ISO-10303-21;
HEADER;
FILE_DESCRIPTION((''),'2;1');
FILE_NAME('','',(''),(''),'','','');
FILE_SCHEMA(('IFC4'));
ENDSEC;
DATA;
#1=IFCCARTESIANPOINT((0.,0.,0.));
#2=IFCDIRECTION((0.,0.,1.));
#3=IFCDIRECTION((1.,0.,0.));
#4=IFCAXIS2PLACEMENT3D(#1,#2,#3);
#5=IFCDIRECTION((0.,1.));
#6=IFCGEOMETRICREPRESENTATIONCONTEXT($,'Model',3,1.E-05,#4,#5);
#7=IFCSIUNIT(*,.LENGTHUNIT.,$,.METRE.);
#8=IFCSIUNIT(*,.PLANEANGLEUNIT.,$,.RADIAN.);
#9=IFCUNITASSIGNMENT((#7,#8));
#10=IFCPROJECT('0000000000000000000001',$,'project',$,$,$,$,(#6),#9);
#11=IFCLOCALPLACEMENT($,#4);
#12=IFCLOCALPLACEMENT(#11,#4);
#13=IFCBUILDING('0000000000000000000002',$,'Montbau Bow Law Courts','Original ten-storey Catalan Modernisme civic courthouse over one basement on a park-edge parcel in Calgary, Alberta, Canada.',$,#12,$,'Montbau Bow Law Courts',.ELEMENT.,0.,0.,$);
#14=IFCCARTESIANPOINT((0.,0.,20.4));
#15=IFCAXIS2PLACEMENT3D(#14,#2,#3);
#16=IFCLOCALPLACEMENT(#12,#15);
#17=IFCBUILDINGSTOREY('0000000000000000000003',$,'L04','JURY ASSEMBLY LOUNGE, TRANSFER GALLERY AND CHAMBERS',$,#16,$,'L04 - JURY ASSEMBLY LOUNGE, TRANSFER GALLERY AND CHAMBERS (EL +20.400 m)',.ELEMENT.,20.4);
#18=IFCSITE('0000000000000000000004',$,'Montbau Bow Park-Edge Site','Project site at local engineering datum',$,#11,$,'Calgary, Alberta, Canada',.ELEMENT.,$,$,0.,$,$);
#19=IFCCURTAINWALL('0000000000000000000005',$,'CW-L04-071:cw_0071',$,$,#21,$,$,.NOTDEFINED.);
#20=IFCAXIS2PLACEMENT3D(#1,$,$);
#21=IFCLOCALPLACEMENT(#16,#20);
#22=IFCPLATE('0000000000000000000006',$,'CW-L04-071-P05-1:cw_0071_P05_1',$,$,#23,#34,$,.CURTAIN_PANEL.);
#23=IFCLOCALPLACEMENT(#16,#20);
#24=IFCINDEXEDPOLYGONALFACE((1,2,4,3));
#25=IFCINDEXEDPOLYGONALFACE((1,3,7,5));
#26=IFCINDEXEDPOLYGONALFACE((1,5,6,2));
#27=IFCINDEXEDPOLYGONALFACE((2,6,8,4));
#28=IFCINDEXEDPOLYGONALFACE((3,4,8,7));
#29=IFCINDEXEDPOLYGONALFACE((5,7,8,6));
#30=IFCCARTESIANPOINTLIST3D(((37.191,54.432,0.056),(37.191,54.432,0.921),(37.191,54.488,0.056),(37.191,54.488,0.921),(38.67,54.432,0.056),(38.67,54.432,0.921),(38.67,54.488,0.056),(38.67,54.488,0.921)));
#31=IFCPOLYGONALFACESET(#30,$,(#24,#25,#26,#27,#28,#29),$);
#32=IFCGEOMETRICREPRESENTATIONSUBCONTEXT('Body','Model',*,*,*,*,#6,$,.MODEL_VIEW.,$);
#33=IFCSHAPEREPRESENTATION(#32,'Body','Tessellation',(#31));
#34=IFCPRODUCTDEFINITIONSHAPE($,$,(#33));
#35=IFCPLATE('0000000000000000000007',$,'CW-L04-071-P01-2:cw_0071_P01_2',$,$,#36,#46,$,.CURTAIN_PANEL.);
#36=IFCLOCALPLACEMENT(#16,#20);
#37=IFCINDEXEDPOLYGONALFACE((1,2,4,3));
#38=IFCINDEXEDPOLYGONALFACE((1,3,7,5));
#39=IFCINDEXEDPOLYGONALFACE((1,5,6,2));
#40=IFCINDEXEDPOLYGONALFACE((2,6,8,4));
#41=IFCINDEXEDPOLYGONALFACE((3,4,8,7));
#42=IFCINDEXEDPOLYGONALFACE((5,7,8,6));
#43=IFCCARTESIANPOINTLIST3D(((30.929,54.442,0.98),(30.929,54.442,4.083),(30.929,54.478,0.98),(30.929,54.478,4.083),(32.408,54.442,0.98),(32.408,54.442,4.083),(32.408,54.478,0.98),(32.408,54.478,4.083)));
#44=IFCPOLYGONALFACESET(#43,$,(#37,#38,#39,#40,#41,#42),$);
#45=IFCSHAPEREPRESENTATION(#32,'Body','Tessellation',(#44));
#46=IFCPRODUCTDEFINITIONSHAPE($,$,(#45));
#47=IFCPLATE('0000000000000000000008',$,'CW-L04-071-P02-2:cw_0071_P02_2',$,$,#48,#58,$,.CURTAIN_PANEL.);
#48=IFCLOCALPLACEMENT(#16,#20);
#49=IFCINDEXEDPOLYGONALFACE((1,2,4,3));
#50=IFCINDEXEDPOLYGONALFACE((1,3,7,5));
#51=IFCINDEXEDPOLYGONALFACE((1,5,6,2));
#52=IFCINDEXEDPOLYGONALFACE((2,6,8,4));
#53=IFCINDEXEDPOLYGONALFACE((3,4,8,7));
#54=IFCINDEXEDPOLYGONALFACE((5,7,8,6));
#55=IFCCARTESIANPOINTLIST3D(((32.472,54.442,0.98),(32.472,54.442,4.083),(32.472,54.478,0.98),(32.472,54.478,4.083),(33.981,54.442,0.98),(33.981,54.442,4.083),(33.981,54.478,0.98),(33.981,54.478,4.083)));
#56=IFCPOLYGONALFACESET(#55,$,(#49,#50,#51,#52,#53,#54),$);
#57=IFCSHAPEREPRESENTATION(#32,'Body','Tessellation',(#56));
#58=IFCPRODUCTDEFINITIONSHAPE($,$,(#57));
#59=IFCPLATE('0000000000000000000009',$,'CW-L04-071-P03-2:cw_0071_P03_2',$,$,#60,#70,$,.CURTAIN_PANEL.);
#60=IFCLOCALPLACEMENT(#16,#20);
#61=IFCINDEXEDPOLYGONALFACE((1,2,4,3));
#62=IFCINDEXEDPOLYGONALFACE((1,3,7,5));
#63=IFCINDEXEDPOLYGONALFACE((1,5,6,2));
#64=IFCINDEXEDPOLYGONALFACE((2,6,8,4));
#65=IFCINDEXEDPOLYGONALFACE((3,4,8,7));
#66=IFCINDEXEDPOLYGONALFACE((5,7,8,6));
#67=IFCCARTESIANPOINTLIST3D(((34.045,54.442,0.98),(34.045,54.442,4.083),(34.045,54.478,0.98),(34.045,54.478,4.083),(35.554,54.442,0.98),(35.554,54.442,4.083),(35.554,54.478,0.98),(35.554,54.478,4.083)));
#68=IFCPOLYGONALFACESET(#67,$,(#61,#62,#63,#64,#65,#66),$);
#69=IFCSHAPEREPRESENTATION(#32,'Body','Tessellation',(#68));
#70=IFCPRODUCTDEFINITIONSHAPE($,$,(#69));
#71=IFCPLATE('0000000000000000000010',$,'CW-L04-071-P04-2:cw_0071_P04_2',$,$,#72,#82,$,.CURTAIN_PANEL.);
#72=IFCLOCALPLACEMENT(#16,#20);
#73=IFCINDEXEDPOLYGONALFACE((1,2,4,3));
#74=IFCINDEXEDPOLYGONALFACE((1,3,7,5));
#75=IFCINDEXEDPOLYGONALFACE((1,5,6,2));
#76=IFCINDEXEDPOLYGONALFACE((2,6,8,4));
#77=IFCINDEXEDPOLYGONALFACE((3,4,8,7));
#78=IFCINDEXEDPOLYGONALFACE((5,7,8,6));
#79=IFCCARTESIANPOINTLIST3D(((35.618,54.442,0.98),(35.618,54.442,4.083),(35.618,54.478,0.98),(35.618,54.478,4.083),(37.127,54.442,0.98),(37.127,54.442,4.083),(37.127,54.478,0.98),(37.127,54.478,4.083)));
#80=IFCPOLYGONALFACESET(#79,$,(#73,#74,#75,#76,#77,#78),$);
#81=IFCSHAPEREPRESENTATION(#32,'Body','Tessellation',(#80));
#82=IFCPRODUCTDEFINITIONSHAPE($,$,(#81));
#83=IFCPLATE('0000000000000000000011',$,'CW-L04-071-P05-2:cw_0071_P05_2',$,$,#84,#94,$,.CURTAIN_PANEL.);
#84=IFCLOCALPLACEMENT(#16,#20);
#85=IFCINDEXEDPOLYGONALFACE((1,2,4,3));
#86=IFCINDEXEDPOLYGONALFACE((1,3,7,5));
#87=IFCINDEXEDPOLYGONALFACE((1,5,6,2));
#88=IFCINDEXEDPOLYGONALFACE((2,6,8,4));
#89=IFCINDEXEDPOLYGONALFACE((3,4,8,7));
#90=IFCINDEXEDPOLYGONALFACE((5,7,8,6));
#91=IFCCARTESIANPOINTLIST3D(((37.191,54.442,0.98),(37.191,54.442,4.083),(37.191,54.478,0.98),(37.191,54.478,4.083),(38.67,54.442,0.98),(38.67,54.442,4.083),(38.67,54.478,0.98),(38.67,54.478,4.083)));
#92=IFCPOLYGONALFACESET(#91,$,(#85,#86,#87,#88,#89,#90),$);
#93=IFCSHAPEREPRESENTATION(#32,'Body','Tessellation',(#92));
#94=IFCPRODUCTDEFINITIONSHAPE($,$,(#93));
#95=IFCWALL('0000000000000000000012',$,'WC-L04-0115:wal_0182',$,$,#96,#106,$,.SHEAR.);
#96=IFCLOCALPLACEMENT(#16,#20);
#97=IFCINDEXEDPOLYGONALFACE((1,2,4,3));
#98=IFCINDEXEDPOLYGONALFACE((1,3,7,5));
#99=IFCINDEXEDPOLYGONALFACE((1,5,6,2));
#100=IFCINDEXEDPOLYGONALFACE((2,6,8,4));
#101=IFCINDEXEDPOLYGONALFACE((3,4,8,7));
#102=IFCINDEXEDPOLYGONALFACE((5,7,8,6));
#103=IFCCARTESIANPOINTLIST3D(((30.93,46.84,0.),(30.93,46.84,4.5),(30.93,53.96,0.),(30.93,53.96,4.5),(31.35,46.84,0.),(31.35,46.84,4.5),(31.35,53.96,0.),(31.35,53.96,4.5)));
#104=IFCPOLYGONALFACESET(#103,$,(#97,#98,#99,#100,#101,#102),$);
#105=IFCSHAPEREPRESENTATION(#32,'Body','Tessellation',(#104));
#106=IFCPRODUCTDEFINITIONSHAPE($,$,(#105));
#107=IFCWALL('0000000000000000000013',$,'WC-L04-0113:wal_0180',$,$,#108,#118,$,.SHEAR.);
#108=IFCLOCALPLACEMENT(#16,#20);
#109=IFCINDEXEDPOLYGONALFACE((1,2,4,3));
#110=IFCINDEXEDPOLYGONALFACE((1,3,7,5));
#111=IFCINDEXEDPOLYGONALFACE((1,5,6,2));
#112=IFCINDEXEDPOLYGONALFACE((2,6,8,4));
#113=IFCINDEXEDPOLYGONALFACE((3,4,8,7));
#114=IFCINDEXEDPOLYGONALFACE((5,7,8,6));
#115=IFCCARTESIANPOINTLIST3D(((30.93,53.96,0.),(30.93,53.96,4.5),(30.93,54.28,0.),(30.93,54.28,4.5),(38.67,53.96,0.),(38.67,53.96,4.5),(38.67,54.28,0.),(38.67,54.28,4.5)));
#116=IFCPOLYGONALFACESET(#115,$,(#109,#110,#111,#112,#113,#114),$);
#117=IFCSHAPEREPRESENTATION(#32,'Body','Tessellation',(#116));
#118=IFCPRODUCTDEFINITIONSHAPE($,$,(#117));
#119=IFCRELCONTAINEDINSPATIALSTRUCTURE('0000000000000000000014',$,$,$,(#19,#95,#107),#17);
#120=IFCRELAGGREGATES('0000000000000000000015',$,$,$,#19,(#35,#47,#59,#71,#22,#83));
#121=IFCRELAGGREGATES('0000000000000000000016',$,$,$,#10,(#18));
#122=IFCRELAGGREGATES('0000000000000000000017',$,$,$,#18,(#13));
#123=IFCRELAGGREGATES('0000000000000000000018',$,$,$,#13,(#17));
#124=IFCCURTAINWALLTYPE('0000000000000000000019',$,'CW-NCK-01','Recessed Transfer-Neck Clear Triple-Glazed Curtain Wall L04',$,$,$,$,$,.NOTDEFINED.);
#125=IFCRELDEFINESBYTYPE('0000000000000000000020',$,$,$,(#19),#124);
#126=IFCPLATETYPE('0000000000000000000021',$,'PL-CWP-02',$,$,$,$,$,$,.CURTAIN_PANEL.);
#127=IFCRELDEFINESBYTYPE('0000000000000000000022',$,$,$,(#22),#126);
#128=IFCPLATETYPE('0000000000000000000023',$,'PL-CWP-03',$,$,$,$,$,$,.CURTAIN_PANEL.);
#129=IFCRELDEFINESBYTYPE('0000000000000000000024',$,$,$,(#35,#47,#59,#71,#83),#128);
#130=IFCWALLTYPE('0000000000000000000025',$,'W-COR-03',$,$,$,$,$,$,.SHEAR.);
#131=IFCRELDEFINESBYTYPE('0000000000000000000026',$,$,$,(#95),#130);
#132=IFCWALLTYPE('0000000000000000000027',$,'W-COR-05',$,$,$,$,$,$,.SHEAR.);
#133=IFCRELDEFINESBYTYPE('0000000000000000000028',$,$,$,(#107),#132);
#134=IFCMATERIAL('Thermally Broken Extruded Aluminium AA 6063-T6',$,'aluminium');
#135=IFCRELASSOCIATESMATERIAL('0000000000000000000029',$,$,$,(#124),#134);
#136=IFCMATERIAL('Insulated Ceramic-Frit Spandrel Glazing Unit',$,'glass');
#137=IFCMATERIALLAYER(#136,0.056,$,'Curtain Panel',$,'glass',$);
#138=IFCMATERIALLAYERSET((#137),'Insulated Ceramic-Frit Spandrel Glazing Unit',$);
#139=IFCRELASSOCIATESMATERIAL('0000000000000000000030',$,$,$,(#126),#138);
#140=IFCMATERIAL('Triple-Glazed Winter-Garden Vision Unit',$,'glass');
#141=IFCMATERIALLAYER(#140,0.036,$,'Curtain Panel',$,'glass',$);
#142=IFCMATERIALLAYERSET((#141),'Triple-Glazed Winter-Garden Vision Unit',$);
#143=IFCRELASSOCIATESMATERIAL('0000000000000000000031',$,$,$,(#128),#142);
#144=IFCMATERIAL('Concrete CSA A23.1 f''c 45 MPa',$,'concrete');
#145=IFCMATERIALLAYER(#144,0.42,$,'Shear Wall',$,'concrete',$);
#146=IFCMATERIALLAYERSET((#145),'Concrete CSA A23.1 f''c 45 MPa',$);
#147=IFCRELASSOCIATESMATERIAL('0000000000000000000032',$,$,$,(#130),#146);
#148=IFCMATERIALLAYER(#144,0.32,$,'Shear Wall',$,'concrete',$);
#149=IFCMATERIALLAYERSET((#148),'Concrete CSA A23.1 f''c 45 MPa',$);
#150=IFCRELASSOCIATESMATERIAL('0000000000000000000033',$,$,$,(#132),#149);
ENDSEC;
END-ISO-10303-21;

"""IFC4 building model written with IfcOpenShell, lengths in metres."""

from ifc_helpers import new_model, si_unit, direction, frame, frame_2d, origin_with_axes, place, context, subcontext, project, spatial, rectangle, extrude, material, layer, layer_set, type_object, element, aggregate, save


model = new_model("IFC4")

# Units and contexts
model_context = context("Model", 3, precision=1e-05, world=origin_with_axes(), true_north=direction((0.0, 1.0)))
body_context = subcontext(model_context, "Body", "Model", "MODEL_VIEW")
ifc_project = project(units=[si_unit("LENGTHUNIT", "METRE"), si_unit("PLANEANGLEUNIT", "RADIAN")], contexts=[model_context])

# Site, building, storey
site_placement = place(None, origin_with_axes())
site = spatial("IfcSite", under=ifc_project, at=site_placement, Name="Montbau Bow Park-Edge Site", Description="Project site at local engineering datum", LongName="Calgary, Alberta, Canada", CompositionType="ELEMENT", RefElevation=0.0)
building_placement = place(site_placement, origin_with_axes())
building = spatial("IfcBuilding", under=site, at=building_placement, Name="Montbau Bow Law Courts", Description="Original ten-storey Catalan Modernisme civic courthouse over one basement on a park-edge parcel in Calgary, Alberta, Canada.", LongName="Montbau Bow Law Courts", CompositionType="ELEMENT", ElevationOfRefHeight=0.0, ElevationOfTerrain=0.0)
storey_placement = place(building_placement, frame((0.0, 0.0, 20.4), z_axis=(0.0, 0.0, 1.0), x_axis=(1.0, 0.0, 0.0)))
storey = spatial("IfcBuildingStorey", under=building, at=storey_placement, Name="L04", Description="JURY ASSEMBLY LOUNGE, TRANSFER GALLERY AND CHAMBERS", LongName="L04 - JURY ASSEMBLY LOUNGE, TRANSFER GALLERY AND CHAMBERS (EL +20.400 m)", CompositionType="ELEMENT", Elevation=20.4)

# Curtain wall, plates
ifc_material_1 = material(Name="Thermally Broken Extruded Aluminium AA 6063-T6", Category="aluminium")
curtain_wall_type = type_object("IfcCurtainWallType", Name="CW-NCK-01", Description="Recessed Transfer-Neck Clear Triple-Glazed Curtain Wall L04", PredefinedType="NOTDEFINED", material=ifc_material_1)
curtain_wall_placement = place(None, frame((30.867, 54.46, 20.4), z_axis=(0.0, 0.0, 1.0), x_axis=(1.0, 0.0, 0.0)))
curtain_wall = element("IfcCurtainWall", 1, at=curtain_wall_placement, inside=storey, type_object=curtain_wall_type, Name="CW-L04-071:cw_0071", PredefinedType="NOTDEFINED")
ifc_material_2 = material(Name="Insulated Ceramic-Frit Spandrel Glazing Unit", Category="glass")
ifc_layer_1 = layer(ifc_material_2, 0.056, Name="Curtain Panel", Category="glass")
ifc_layer_set_1 = layer_set([ifc_layer_1], Name="Insulated Ceramic-Frit Spandrel Glazing Unit")
plate_type_1 = type_object("IfcPlateType", Name="PL-CWP-02", PredefinedType="CURTAIN_PANEL", material=ifc_layer_set_1)
plate_1_placement = place(None, frame((37.191, 54.46, 20.456), z_axis=(0.0, -1.0, 0.0), x_axis=(1.0, 0.0, 0.0)))
plate_1 = element("IfcPlate", 2, at=plate_1_placement, type_object=plate_type_1, Name="CW-L04-071-P05-1:cw_0071_P05_1", PredefinedType="CURTAIN_PANEL", context=body_context, shape_type="SweptSolid", body=[
    extrude(rectangle(XDim=1.479, YDim=0.865, at=frame_2d((0.7395, 0.4325), x_axis=(1.0, 0.0))), frame((0.0, 0.0, -0.028), z_axis=(0.0, 0.0, 1.0), x_axis=(1.0, 0.0, 0.0)), (0.0, 0.0, 1.0), 0.056),
])
ifc_material_3 = material(Name="Triple-Glazed Winter-Garden Vision Unit", Category="glass")
ifc_layer_2 = layer(ifc_material_3, 0.036, Name="Curtain Panel", Category="glass")
ifc_layer_set_2 = layer_set([ifc_layer_2], Name="Triple-Glazed Winter-Garden Vision Unit")
plate_type_2 = type_object("IfcPlateType", Name="PL-CWP-03", PredefinedType="CURTAIN_PANEL", material=ifc_layer_set_2)
plate_2_placement = place(None, frame((30.929, 54.46, 21.38), z_axis=(0.0, -1.0, 0.0), x_axis=(1.0, 0.0, 0.0)))
plate_2 = element("IfcPlate", 3, at=plate_2_placement, type_object=plate_type_2, Name="CW-L04-071-P01-2:cw_0071_P01_2", PredefinedType="CURTAIN_PANEL", context=body_context, shape_type="SweptSolid", body=[
    extrude(rectangle(XDim=1.479, YDim=3.103, at=frame_2d((0.7395, 1.5515), x_axis=(1.0, 0.0))), frame((0.0, 0.0, -0.018), z_axis=(0.0, 0.0, 1.0), x_axis=(1.0, 0.0, 0.0)), (0.0, 0.0, 1.0), 0.036),
])
plate_3_placement = place(None, frame((32.472, 54.46, 21.38), z_axis=(0.0, -1.0, 0.0), x_axis=(1.0, 0.0, 0.0)))
plate_3 = element("IfcPlate", 4, at=plate_3_placement, type_object=plate_type_2, Name="CW-L04-071-P02-2:cw_0071_P02_2", PredefinedType="CURTAIN_PANEL", context=body_context, shape_type="SweptSolid", body=[
    extrude(rectangle(XDim=1.509, YDim=3.103, at=frame_2d((0.7545, 1.5515), x_axis=(1.0, 0.0))), frame((0.0, 0.0, -0.018), z_axis=(0.0, 0.0, 1.0), x_axis=(1.0, 0.0, 0.0)), (0.0, 0.0, 1.0), 0.036),
])
plate_4_placement = place(None, frame((34.045, 54.46, 21.38), z_axis=(0.0, -1.0, 0.0), x_axis=(1.0, 0.0, 0.0)))
plate_4 = element("IfcPlate", 5, at=plate_4_placement, type_object=plate_type_2, Name="CW-L04-071-P03-2:cw_0071_P03_2", PredefinedType="CURTAIN_PANEL", context=body_context, shape_type="SweptSolid", body=[
    extrude(rectangle(XDim=1.509, YDim=3.103, at=frame_2d((0.7545, 1.5515), x_axis=(1.0, 0.0))), frame((0.0, 0.0, -0.018), z_axis=(0.0, 0.0, 1.0), x_axis=(1.0, 0.0, 0.0)), (0.0, 0.0, 1.0), 0.036),
])
plate_5_placement = place(None, frame((35.618, 54.46, 21.38), z_axis=(0.0, -1.0, 0.0), x_axis=(1.0, 0.0, 0.0)))
plate_5 = element("IfcPlate", 6, at=plate_5_placement, type_object=plate_type_2, Name="CW-L04-071-P04-2:cw_0071_P04_2", PredefinedType="CURTAIN_PANEL", context=body_context, shape_type="SweptSolid", body=[
    extrude(rectangle(XDim=1.509, YDim=3.103, at=frame_2d((0.7545, 1.5515), x_axis=(1.0, 0.0))), frame((0.0, 0.0, -0.018), z_axis=(0.0, 0.0, 1.0), x_axis=(1.0, 0.0, 0.0)), (0.0, 0.0, 1.0), 0.036),
])
plate_6_placement = place(None, frame((37.191, 54.46, 21.38), z_axis=(0.0, -1.0, 0.0), x_axis=(1.0, 0.0, 0.0)))
plate_6 = element("IfcPlate", 7, at=plate_6_placement, type_object=plate_type_2, Name="CW-L04-071-P05-2:cw_0071_P05_2", PredefinedType="CURTAIN_PANEL", context=body_context, shape_type="SweptSolid", body=[
    extrude(rectangle(XDim=1.479, YDim=3.103, at=frame_2d((0.7395, 1.5515), x_axis=(1.0, 0.0))), frame((0.0, 0.0, -0.018), z_axis=(0.0, 0.0, 1.0), x_axis=(1.0, 0.0, 0.0)), (0.0, 0.0, 1.0), 0.036),
])
aggregate(curtain_wall, [plate_2, plate_3, plate_4, plate_5, plate_1, plate_6])

# Walls
ifc_material_4 = material(Name="Concrete CSA A23.1 f'c 45 MPa", Category="concrete")
ifc_layer_3 = layer(ifc_material_4, 0.42, Name="Shear Wall", Category="concrete")
ifc_layer_set_3 = layer_set([ifc_layer_3], Name="Concrete CSA A23.1 f'c 45 MPa")
wall_type_1 = type_object("IfcWallType", Name="W-COR-03", PredefinedType="SHEAR", material=ifc_layer_set_3)
wall_1_placement = place(None, frame((31.14, 53.96, 20.4), z_axis=(0.0, 0.0, 1.0), x_axis=(0.0, -1.0, 0.0)))
element("IfcWall", 8, at=wall_1_placement, inside=storey, type_object=wall_type_1, Name="WC-L04-0115:wal_0182", PredefinedType="SHEAR", context=body_context, shape_type="SweptSolid", body=[
    extrude(rectangle(XDim=7.12, YDim=0.42, at=frame_2d((3.56, 0.0), x_axis=(1.0, 0.0))), origin_with_axes(), (0.0, 0.0, 1.0), 4.5),
])
ifc_layer_4 = layer(ifc_material_4, 0.32, Name="Shear Wall", Category="concrete")
ifc_layer_set_4 = layer_set([ifc_layer_4], Name="Concrete CSA A23.1 f'c 45 MPa")
wall_type_2 = type_object("IfcWallType", Name="W-COR-05", PredefinedType="SHEAR", material=ifc_layer_set_4)
wall_2_placement = place(None, frame((38.67, 54.12, 20.4), z_axis=(0.0, 0.0, 1.0), x_axis=(-1.0, 0.0, 0.0)))
element("IfcWall", 9, at=wall_2_placement, inside=storey, type_object=wall_type_2, Name="WC-L04-0113:wal_0180", PredefinedType="SHEAR", context=body_context, shape_type="SweptSolid", body=[
    extrude(rectangle(XDim=7.74, YDim=0.32, at=frame_2d((3.87, 0.0), x_axis=(1.0, 0.0))), origin_with_axes(), (0.0, 0.0, 1.0), 4.5),
])

save(model, "model.ifc")
